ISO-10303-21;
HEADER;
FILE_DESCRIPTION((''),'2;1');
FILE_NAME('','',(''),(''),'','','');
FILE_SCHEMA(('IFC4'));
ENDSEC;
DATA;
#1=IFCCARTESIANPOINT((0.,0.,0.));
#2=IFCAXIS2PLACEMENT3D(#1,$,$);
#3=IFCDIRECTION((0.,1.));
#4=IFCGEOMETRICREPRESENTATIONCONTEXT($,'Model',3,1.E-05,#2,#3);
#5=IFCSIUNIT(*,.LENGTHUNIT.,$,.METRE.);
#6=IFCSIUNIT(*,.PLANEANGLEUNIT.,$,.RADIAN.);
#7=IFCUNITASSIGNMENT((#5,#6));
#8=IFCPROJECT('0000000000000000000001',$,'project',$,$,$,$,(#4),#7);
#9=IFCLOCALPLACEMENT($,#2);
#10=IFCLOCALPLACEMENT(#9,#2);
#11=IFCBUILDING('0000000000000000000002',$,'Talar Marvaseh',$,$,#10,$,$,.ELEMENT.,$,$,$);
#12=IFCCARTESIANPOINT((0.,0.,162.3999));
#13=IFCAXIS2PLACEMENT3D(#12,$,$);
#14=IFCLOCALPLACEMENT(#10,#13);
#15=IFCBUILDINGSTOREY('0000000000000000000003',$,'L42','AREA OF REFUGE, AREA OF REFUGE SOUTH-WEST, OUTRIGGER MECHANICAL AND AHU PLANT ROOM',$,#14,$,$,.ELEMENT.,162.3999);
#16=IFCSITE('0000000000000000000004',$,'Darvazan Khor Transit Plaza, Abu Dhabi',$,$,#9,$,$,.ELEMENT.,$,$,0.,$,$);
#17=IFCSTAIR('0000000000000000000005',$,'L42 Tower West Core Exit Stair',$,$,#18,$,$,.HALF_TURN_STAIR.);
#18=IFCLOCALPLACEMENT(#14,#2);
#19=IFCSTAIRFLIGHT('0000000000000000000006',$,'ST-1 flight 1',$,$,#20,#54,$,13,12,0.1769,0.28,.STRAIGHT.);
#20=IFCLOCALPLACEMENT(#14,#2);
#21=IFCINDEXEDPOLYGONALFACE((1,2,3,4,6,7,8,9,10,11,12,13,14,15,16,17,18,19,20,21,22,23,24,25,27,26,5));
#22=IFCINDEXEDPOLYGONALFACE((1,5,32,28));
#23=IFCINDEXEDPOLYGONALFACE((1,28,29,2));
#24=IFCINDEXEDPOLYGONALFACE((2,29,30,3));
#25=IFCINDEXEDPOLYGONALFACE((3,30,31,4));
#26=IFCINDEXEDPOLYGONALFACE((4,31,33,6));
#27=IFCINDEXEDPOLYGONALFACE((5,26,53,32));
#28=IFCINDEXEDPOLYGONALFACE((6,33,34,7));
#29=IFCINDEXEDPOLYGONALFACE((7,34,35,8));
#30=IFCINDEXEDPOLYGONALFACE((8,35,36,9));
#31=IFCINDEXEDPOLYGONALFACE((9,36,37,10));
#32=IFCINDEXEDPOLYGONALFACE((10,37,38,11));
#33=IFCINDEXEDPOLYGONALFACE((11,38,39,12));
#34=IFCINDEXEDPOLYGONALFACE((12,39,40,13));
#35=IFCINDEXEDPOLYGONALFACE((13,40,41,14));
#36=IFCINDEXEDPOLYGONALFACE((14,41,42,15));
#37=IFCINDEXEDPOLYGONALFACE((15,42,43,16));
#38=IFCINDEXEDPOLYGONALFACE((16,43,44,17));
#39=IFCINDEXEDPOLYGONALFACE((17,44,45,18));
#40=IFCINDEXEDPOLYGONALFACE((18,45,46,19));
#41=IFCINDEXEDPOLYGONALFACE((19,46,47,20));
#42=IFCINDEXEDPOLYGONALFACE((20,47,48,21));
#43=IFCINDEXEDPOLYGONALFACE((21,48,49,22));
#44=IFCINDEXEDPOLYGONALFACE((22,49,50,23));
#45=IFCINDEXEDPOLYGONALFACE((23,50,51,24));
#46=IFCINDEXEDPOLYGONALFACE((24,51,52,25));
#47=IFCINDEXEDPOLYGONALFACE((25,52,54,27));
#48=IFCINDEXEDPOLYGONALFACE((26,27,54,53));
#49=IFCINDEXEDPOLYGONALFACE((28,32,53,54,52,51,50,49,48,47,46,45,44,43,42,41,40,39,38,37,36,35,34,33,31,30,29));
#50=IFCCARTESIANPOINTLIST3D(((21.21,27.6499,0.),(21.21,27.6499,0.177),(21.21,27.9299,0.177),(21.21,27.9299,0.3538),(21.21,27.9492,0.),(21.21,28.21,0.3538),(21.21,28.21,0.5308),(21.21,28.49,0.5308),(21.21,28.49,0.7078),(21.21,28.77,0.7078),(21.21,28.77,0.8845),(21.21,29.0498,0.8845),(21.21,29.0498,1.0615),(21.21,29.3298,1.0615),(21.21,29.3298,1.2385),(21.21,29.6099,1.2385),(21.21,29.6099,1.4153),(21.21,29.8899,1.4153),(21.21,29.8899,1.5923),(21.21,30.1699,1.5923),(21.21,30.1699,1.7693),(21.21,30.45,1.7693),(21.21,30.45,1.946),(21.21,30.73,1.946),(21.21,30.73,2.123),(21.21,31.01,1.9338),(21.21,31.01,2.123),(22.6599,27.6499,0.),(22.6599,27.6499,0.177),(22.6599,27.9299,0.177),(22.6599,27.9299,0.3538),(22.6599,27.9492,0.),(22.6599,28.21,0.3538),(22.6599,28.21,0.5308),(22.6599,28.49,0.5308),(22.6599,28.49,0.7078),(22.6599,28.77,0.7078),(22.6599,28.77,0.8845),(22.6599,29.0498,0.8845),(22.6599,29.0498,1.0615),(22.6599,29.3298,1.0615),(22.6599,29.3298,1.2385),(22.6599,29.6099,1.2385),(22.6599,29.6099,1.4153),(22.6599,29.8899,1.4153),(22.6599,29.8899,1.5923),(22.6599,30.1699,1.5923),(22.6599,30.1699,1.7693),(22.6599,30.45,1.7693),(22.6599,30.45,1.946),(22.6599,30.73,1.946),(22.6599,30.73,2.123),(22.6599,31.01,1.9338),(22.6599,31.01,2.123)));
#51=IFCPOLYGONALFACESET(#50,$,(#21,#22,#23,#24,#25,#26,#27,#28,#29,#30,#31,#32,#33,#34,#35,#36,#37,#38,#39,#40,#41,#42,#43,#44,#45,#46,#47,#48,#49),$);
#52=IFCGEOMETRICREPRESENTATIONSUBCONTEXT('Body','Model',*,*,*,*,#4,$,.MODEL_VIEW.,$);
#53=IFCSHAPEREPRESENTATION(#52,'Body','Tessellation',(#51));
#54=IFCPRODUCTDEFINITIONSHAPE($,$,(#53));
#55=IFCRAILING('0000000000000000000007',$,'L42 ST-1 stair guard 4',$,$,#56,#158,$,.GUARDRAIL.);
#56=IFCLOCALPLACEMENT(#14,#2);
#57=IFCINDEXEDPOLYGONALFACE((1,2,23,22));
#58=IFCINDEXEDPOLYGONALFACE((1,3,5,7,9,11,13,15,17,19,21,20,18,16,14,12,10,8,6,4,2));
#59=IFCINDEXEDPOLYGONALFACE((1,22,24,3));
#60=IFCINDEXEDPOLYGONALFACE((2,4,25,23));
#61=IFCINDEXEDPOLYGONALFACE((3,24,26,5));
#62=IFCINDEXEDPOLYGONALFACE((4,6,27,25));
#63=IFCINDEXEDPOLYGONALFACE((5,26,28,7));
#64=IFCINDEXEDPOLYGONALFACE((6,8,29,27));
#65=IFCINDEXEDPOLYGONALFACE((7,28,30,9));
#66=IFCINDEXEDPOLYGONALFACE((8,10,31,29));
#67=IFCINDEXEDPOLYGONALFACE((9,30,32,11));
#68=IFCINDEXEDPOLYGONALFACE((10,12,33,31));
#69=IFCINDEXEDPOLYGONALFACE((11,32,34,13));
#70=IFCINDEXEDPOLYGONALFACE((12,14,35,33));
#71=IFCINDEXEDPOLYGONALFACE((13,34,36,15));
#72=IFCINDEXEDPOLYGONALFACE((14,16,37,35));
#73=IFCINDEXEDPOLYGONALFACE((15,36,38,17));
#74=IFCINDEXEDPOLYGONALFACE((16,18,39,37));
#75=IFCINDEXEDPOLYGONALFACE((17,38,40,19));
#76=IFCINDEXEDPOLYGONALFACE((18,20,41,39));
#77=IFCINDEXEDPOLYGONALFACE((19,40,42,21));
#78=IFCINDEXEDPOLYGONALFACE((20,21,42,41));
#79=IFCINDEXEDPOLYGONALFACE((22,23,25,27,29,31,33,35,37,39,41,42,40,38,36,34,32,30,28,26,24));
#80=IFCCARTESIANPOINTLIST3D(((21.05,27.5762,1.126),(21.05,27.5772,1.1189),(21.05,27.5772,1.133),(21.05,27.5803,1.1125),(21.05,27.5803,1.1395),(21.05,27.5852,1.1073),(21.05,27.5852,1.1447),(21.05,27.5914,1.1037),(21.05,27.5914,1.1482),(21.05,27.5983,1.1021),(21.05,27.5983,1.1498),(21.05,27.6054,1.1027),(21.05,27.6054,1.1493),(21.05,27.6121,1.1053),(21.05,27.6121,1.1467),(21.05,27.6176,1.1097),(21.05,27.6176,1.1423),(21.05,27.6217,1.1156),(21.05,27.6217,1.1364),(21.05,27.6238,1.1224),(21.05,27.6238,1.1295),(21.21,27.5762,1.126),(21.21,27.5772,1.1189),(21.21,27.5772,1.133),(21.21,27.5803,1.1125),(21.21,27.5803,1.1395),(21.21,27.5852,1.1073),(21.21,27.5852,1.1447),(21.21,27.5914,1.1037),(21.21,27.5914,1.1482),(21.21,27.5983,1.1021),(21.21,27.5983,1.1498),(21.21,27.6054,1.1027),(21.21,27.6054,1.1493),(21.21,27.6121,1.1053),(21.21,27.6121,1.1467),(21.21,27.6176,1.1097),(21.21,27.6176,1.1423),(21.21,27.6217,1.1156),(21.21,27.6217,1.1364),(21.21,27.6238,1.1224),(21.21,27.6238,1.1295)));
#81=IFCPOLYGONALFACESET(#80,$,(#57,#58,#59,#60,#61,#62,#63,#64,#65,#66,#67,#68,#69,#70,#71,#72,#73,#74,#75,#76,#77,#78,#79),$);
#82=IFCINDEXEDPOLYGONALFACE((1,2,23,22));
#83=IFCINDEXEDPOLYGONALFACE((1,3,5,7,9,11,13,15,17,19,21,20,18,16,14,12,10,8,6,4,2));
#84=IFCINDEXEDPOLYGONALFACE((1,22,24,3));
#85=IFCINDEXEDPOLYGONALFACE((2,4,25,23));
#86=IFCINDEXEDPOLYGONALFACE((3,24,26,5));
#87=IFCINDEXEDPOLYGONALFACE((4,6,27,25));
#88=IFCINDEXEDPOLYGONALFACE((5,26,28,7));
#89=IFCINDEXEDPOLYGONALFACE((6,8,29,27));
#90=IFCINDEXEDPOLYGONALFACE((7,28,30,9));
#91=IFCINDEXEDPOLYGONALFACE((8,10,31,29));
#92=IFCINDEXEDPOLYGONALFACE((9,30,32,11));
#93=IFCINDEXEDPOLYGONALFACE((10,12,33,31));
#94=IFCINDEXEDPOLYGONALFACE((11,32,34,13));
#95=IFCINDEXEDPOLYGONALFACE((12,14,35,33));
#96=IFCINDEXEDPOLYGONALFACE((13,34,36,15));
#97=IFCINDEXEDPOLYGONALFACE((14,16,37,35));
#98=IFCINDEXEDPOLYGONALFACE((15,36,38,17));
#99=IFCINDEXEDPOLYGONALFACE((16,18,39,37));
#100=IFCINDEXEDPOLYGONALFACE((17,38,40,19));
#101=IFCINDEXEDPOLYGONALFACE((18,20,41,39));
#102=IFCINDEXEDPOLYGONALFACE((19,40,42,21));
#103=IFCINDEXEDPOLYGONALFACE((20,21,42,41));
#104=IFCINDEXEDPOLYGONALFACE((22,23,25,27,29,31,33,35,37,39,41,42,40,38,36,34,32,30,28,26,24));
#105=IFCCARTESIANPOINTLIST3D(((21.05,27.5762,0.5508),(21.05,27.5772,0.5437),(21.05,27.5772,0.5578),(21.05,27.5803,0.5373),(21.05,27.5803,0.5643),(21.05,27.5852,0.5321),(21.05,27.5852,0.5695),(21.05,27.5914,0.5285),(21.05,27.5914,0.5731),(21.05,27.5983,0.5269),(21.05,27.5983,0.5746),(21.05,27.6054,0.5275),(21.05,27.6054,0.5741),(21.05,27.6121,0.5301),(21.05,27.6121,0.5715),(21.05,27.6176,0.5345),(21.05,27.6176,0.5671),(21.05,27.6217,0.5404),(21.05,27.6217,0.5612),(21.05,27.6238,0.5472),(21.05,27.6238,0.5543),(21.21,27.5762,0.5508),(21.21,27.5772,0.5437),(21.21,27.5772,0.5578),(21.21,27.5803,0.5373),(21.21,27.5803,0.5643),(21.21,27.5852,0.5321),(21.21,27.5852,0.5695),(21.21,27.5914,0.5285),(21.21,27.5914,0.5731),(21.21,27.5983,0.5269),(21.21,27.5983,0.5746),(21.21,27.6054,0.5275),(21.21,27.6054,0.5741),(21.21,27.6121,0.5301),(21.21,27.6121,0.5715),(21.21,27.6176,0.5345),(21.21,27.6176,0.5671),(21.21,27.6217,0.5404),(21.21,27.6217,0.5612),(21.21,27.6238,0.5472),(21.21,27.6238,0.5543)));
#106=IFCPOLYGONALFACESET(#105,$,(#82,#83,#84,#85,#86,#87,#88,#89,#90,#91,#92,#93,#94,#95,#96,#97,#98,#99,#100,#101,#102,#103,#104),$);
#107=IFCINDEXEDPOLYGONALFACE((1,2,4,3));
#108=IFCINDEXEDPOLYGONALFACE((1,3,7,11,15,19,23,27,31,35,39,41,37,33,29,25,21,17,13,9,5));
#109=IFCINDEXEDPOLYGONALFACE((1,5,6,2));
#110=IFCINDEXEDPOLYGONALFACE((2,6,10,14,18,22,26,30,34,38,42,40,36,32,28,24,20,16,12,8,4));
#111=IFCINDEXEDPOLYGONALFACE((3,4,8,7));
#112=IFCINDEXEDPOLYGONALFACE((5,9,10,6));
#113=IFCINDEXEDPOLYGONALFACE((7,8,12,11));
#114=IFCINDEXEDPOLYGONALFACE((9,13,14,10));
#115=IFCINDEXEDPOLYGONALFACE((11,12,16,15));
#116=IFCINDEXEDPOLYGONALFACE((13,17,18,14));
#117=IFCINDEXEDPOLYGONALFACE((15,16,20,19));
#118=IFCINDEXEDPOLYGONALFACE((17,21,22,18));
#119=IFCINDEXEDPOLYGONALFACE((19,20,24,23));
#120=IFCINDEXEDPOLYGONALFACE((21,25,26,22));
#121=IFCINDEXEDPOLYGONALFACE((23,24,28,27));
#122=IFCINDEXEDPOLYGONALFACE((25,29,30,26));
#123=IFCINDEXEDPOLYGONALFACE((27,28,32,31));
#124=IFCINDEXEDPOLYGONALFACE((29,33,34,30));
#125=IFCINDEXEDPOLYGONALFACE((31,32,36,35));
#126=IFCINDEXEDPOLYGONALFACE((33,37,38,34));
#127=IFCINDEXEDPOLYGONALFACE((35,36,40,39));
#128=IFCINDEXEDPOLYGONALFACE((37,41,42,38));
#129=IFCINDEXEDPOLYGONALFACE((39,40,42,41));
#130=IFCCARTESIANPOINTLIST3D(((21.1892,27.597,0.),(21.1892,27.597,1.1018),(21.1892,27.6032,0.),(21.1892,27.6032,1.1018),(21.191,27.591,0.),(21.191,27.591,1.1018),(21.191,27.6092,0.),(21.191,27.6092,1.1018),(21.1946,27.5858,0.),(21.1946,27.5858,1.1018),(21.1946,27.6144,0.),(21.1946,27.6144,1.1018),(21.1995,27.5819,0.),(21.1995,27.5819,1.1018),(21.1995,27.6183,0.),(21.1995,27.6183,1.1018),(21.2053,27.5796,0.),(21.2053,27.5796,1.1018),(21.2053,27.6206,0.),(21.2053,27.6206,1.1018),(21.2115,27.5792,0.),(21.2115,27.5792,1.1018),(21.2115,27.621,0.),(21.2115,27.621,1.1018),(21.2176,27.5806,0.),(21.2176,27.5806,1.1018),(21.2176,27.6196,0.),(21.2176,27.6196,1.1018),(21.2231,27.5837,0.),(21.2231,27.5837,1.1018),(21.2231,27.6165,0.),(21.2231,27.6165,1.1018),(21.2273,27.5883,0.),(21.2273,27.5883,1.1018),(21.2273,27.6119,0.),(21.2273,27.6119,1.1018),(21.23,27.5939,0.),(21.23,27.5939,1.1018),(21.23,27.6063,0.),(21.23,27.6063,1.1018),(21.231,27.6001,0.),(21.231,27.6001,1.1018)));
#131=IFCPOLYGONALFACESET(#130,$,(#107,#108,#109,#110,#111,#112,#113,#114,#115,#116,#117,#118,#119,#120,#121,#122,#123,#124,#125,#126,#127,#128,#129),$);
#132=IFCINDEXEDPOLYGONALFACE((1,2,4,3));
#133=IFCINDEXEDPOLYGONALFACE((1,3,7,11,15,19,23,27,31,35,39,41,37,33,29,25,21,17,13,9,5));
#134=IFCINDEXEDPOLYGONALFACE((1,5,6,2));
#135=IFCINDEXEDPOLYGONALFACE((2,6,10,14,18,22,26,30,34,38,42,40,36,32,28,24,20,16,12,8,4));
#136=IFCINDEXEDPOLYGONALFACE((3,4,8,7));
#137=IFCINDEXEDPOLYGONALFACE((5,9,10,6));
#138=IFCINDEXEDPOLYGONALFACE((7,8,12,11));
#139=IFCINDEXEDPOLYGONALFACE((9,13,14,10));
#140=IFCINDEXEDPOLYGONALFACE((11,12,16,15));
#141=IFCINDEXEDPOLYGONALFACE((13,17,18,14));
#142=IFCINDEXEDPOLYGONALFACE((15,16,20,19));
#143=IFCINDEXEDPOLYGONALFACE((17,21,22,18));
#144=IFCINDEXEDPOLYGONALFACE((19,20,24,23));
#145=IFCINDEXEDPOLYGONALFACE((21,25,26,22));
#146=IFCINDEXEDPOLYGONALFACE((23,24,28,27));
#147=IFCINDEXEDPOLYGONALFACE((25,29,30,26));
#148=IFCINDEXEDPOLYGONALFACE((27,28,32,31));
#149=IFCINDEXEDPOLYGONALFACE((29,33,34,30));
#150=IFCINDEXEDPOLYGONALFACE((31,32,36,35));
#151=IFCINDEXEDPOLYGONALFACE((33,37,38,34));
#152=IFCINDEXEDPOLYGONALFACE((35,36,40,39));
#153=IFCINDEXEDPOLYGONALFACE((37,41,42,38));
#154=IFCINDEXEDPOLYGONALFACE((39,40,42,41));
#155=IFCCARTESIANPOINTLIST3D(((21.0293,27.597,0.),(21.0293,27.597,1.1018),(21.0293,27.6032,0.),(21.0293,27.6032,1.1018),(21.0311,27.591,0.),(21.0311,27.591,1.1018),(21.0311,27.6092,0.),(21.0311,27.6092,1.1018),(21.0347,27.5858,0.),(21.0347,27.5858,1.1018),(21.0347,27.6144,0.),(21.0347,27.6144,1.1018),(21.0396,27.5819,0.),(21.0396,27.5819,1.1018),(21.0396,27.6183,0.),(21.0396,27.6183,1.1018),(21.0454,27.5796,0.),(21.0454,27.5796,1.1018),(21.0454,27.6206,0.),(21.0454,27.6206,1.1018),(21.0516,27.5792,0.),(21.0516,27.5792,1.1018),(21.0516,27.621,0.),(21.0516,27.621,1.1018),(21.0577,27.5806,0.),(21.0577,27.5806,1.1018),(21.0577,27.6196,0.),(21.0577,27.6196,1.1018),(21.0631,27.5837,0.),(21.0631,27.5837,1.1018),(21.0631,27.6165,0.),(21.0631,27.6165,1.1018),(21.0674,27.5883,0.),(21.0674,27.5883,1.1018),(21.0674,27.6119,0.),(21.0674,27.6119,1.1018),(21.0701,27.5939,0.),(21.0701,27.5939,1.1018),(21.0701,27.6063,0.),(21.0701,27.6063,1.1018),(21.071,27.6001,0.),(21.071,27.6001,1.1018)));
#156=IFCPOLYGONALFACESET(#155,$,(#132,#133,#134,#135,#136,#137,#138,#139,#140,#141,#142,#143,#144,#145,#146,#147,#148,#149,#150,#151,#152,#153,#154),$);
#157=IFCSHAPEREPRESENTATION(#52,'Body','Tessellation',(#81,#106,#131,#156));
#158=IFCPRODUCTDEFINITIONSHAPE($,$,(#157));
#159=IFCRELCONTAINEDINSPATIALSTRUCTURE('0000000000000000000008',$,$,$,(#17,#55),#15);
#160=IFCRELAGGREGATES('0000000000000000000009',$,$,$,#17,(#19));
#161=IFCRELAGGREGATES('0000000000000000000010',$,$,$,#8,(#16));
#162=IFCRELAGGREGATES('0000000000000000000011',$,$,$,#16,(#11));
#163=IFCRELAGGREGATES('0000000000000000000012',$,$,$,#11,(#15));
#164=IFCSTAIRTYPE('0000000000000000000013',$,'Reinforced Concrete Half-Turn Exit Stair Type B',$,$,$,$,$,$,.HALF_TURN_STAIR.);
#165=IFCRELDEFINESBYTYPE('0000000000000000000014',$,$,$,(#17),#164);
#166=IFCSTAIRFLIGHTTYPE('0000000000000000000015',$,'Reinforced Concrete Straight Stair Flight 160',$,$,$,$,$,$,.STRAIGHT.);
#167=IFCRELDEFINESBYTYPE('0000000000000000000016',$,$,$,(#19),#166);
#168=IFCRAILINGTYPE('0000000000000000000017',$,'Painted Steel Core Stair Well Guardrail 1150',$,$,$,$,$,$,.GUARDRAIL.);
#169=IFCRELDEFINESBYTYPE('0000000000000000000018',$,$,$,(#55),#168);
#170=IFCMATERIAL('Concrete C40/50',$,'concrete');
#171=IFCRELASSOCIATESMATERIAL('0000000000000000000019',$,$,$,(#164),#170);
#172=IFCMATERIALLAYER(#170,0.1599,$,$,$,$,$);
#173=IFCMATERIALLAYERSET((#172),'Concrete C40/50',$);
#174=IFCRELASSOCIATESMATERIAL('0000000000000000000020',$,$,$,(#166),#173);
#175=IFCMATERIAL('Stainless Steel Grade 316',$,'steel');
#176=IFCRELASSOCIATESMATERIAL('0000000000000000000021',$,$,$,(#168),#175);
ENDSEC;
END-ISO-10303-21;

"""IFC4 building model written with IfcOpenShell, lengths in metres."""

from ifc_helpers import new_model, si_unit, direction, frame, origin, origin_2d, place, context, subcontext, project, spatial, polyline, circle, outline, extrude, material, layer, layer_set, type_object, element, aggregate, save


model = new_model("IFC4")

# Units and contexts
model_context = context("Model", 3, precision=1e-05, world=origin(), true_north=direction((0.0, 1.0)))
body_context = subcontext(model_context, "Body", "Model", "MODEL_VIEW")
ifc_project = project(units=[si_unit("LENGTHUNIT", "METRE"), si_unit("PLANEANGLEUNIT", "RADIAN")], contexts=[model_context])

# Site, building, storey
site_placement = place(None, origin())
site = spatial("IfcSite", under=ifc_project, at=site_placement, Name="Darvazan Khor Transit Plaza, Abu Dhabi", CompositionType="ELEMENT", RefElevation=0.0)
building_placement = place(site_placement, origin())
building = spatial("IfcBuilding", under=site, at=building_placement, Name="Talar Marvaseh", CompositionType="ELEMENT")
storey_placement = place(building_placement, frame((0.0, 0.0, 162.3999)))
storey = spatial("IfcBuildingStorey", under=building, at=storey_placement, Name="L42", Description="AREA OF REFUGE, AREA OF REFUGE SOUTH-WEST, OUTRIGGER MECHANICAL AND AHU PLANT ROOM", CompositionType="ELEMENT", Elevation=162.3999)

# Shared definitions
ifc_material_1 = material(Name="Concrete C40/50", Category="concrete")

# Stair, stair flight
stair_type = type_object("IfcStairType", Name="Reinforced Concrete Half-Turn Exit Stair Type B", PredefinedType="HALF_TURN_STAIR", material=ifc_material_1)
stair_placement = place(storey_placement, origin())
stair = element("IfcStair", 1, at=stair_placement, inside=storey, type_object=stair_type, Name="L42 Tower West Core Exit Stair", PredefinedType="HALF_TURN_STAIR")
ifc_layer_1 = layer(ifc_material_1, 0.1599)
ifc_layer_set_1 = layer_set([ifc_layer_1], Name="Concrete C40/50")
stair_flight_type = type_object("IfcStairFlightType", Name="Reinforced Concrete Straight Stair Flight 160", PredefinedType="STRAIGHT", material=ifc_layer_set_1)
stair_flight_placement = place(storey_placement, frame((21.9351, 27.6499, 0.0), z_axis=(0.0, 0.0, 1.0), x_axis=(0.0, 1.0, 0.0)))
stair_flight = element("IfcStairFlight", 2, at=stair_flight_placement, type_object=stair_flight_type, Name="ST-1 flight 1", NumberOfRisers=13, NumberOfTreads=12, PredefinedType="STRAIGHT", RiserHeight=0.1769, TreadLength=0.28, context=body_context, shape_type="SweptSolid", body=[
    extrude(outline(polyline([(0.0, 0.0), (0.0, 0.177), (0.28, 0.177), (0.28, 0.3538), (0.5601, 0.3538), (0.5601, 0.5308), (0.8401, 0.5308), (0.8401, 0.7078), (1.1201, 0.7078), (1.1201, 0.8845), (1.3999, 0.8845), (1.3999, 1.0615), (1.6799, 1.0615), (1.6799, 1.2385), (1.96, 1.2385), (1.96, 1.4153), (2.24, 1.4153), (2.24, 1.5923), (2.52, 1.5923), (2.52, 1.7693), (2.8, 1.7693), (2.8, 1.946), (3.0801, 1.946), (3.0801, 2.123), (3.3601, 2.123), (3.3601, 2.3), (3.3601, 1.9338), (0.2993, 0.0), (0.0, 0.0)])), frame((0.0, 0.7251, 0.0), z_axis=(0.0, -1.0, 0.0), x_axis=(1.0, 0.0, 0.0)), (0.0, 0.0, 1.0), 1.45),
])
aggregate(stair, [stair_flight])

# Railing
ifc_material_2 = material(Name="Stainless Steel Grade 316", Category="steel")
railing_type_1 = type_object("IfcRailingType", Name="Painted Steel Core Stair Well Guardrail 1150", PredefinedType="GUARDRAIL", material=ifc_material_2)
railing_1_placement = place(storey_placement, frame((21.21, 27.6001, 0.0)))
element("IfcRailing", 3, at=railing_1_placement, inside=storey, type_object=railing_type_1, Name="L42 ST-1 stair guard 4", PredefinedType="GUARDRAIL", context=body_context, shape_type="SweptSolid", body=[
    extrude(circle(Radius=0.0239, at=origin_2d()), frame((0.0, 0.0, 1.126), z_axis=(-1.0, 0.0, 0.0), x_axis=(0.0, -1.0, 0.0)), (0.0, 0.0, 1.0), 0.1599),
    extrude(circle(Radius=0.0239, at=origin_2d()), frame((0.0, 0.0, 0.5508), z_axis=(-1.0, 0.0, 0.0), x_axis=(0.0, -1.0, 0.0)), (0.0, 0.0, 1.0), 0.1599),
    extrude(circle(Radius=0.021, at=origin_2d()), origin(), (0.0, 0.0, 1.0), 1.1018),
    extrude(circle(Radius=0.021, at=origin_2d()), frame((-0.1599, 0.0, 0.0)), (0.0, 0.0, 1.0), 1.1018),
])

save(model, "model.ifc")
